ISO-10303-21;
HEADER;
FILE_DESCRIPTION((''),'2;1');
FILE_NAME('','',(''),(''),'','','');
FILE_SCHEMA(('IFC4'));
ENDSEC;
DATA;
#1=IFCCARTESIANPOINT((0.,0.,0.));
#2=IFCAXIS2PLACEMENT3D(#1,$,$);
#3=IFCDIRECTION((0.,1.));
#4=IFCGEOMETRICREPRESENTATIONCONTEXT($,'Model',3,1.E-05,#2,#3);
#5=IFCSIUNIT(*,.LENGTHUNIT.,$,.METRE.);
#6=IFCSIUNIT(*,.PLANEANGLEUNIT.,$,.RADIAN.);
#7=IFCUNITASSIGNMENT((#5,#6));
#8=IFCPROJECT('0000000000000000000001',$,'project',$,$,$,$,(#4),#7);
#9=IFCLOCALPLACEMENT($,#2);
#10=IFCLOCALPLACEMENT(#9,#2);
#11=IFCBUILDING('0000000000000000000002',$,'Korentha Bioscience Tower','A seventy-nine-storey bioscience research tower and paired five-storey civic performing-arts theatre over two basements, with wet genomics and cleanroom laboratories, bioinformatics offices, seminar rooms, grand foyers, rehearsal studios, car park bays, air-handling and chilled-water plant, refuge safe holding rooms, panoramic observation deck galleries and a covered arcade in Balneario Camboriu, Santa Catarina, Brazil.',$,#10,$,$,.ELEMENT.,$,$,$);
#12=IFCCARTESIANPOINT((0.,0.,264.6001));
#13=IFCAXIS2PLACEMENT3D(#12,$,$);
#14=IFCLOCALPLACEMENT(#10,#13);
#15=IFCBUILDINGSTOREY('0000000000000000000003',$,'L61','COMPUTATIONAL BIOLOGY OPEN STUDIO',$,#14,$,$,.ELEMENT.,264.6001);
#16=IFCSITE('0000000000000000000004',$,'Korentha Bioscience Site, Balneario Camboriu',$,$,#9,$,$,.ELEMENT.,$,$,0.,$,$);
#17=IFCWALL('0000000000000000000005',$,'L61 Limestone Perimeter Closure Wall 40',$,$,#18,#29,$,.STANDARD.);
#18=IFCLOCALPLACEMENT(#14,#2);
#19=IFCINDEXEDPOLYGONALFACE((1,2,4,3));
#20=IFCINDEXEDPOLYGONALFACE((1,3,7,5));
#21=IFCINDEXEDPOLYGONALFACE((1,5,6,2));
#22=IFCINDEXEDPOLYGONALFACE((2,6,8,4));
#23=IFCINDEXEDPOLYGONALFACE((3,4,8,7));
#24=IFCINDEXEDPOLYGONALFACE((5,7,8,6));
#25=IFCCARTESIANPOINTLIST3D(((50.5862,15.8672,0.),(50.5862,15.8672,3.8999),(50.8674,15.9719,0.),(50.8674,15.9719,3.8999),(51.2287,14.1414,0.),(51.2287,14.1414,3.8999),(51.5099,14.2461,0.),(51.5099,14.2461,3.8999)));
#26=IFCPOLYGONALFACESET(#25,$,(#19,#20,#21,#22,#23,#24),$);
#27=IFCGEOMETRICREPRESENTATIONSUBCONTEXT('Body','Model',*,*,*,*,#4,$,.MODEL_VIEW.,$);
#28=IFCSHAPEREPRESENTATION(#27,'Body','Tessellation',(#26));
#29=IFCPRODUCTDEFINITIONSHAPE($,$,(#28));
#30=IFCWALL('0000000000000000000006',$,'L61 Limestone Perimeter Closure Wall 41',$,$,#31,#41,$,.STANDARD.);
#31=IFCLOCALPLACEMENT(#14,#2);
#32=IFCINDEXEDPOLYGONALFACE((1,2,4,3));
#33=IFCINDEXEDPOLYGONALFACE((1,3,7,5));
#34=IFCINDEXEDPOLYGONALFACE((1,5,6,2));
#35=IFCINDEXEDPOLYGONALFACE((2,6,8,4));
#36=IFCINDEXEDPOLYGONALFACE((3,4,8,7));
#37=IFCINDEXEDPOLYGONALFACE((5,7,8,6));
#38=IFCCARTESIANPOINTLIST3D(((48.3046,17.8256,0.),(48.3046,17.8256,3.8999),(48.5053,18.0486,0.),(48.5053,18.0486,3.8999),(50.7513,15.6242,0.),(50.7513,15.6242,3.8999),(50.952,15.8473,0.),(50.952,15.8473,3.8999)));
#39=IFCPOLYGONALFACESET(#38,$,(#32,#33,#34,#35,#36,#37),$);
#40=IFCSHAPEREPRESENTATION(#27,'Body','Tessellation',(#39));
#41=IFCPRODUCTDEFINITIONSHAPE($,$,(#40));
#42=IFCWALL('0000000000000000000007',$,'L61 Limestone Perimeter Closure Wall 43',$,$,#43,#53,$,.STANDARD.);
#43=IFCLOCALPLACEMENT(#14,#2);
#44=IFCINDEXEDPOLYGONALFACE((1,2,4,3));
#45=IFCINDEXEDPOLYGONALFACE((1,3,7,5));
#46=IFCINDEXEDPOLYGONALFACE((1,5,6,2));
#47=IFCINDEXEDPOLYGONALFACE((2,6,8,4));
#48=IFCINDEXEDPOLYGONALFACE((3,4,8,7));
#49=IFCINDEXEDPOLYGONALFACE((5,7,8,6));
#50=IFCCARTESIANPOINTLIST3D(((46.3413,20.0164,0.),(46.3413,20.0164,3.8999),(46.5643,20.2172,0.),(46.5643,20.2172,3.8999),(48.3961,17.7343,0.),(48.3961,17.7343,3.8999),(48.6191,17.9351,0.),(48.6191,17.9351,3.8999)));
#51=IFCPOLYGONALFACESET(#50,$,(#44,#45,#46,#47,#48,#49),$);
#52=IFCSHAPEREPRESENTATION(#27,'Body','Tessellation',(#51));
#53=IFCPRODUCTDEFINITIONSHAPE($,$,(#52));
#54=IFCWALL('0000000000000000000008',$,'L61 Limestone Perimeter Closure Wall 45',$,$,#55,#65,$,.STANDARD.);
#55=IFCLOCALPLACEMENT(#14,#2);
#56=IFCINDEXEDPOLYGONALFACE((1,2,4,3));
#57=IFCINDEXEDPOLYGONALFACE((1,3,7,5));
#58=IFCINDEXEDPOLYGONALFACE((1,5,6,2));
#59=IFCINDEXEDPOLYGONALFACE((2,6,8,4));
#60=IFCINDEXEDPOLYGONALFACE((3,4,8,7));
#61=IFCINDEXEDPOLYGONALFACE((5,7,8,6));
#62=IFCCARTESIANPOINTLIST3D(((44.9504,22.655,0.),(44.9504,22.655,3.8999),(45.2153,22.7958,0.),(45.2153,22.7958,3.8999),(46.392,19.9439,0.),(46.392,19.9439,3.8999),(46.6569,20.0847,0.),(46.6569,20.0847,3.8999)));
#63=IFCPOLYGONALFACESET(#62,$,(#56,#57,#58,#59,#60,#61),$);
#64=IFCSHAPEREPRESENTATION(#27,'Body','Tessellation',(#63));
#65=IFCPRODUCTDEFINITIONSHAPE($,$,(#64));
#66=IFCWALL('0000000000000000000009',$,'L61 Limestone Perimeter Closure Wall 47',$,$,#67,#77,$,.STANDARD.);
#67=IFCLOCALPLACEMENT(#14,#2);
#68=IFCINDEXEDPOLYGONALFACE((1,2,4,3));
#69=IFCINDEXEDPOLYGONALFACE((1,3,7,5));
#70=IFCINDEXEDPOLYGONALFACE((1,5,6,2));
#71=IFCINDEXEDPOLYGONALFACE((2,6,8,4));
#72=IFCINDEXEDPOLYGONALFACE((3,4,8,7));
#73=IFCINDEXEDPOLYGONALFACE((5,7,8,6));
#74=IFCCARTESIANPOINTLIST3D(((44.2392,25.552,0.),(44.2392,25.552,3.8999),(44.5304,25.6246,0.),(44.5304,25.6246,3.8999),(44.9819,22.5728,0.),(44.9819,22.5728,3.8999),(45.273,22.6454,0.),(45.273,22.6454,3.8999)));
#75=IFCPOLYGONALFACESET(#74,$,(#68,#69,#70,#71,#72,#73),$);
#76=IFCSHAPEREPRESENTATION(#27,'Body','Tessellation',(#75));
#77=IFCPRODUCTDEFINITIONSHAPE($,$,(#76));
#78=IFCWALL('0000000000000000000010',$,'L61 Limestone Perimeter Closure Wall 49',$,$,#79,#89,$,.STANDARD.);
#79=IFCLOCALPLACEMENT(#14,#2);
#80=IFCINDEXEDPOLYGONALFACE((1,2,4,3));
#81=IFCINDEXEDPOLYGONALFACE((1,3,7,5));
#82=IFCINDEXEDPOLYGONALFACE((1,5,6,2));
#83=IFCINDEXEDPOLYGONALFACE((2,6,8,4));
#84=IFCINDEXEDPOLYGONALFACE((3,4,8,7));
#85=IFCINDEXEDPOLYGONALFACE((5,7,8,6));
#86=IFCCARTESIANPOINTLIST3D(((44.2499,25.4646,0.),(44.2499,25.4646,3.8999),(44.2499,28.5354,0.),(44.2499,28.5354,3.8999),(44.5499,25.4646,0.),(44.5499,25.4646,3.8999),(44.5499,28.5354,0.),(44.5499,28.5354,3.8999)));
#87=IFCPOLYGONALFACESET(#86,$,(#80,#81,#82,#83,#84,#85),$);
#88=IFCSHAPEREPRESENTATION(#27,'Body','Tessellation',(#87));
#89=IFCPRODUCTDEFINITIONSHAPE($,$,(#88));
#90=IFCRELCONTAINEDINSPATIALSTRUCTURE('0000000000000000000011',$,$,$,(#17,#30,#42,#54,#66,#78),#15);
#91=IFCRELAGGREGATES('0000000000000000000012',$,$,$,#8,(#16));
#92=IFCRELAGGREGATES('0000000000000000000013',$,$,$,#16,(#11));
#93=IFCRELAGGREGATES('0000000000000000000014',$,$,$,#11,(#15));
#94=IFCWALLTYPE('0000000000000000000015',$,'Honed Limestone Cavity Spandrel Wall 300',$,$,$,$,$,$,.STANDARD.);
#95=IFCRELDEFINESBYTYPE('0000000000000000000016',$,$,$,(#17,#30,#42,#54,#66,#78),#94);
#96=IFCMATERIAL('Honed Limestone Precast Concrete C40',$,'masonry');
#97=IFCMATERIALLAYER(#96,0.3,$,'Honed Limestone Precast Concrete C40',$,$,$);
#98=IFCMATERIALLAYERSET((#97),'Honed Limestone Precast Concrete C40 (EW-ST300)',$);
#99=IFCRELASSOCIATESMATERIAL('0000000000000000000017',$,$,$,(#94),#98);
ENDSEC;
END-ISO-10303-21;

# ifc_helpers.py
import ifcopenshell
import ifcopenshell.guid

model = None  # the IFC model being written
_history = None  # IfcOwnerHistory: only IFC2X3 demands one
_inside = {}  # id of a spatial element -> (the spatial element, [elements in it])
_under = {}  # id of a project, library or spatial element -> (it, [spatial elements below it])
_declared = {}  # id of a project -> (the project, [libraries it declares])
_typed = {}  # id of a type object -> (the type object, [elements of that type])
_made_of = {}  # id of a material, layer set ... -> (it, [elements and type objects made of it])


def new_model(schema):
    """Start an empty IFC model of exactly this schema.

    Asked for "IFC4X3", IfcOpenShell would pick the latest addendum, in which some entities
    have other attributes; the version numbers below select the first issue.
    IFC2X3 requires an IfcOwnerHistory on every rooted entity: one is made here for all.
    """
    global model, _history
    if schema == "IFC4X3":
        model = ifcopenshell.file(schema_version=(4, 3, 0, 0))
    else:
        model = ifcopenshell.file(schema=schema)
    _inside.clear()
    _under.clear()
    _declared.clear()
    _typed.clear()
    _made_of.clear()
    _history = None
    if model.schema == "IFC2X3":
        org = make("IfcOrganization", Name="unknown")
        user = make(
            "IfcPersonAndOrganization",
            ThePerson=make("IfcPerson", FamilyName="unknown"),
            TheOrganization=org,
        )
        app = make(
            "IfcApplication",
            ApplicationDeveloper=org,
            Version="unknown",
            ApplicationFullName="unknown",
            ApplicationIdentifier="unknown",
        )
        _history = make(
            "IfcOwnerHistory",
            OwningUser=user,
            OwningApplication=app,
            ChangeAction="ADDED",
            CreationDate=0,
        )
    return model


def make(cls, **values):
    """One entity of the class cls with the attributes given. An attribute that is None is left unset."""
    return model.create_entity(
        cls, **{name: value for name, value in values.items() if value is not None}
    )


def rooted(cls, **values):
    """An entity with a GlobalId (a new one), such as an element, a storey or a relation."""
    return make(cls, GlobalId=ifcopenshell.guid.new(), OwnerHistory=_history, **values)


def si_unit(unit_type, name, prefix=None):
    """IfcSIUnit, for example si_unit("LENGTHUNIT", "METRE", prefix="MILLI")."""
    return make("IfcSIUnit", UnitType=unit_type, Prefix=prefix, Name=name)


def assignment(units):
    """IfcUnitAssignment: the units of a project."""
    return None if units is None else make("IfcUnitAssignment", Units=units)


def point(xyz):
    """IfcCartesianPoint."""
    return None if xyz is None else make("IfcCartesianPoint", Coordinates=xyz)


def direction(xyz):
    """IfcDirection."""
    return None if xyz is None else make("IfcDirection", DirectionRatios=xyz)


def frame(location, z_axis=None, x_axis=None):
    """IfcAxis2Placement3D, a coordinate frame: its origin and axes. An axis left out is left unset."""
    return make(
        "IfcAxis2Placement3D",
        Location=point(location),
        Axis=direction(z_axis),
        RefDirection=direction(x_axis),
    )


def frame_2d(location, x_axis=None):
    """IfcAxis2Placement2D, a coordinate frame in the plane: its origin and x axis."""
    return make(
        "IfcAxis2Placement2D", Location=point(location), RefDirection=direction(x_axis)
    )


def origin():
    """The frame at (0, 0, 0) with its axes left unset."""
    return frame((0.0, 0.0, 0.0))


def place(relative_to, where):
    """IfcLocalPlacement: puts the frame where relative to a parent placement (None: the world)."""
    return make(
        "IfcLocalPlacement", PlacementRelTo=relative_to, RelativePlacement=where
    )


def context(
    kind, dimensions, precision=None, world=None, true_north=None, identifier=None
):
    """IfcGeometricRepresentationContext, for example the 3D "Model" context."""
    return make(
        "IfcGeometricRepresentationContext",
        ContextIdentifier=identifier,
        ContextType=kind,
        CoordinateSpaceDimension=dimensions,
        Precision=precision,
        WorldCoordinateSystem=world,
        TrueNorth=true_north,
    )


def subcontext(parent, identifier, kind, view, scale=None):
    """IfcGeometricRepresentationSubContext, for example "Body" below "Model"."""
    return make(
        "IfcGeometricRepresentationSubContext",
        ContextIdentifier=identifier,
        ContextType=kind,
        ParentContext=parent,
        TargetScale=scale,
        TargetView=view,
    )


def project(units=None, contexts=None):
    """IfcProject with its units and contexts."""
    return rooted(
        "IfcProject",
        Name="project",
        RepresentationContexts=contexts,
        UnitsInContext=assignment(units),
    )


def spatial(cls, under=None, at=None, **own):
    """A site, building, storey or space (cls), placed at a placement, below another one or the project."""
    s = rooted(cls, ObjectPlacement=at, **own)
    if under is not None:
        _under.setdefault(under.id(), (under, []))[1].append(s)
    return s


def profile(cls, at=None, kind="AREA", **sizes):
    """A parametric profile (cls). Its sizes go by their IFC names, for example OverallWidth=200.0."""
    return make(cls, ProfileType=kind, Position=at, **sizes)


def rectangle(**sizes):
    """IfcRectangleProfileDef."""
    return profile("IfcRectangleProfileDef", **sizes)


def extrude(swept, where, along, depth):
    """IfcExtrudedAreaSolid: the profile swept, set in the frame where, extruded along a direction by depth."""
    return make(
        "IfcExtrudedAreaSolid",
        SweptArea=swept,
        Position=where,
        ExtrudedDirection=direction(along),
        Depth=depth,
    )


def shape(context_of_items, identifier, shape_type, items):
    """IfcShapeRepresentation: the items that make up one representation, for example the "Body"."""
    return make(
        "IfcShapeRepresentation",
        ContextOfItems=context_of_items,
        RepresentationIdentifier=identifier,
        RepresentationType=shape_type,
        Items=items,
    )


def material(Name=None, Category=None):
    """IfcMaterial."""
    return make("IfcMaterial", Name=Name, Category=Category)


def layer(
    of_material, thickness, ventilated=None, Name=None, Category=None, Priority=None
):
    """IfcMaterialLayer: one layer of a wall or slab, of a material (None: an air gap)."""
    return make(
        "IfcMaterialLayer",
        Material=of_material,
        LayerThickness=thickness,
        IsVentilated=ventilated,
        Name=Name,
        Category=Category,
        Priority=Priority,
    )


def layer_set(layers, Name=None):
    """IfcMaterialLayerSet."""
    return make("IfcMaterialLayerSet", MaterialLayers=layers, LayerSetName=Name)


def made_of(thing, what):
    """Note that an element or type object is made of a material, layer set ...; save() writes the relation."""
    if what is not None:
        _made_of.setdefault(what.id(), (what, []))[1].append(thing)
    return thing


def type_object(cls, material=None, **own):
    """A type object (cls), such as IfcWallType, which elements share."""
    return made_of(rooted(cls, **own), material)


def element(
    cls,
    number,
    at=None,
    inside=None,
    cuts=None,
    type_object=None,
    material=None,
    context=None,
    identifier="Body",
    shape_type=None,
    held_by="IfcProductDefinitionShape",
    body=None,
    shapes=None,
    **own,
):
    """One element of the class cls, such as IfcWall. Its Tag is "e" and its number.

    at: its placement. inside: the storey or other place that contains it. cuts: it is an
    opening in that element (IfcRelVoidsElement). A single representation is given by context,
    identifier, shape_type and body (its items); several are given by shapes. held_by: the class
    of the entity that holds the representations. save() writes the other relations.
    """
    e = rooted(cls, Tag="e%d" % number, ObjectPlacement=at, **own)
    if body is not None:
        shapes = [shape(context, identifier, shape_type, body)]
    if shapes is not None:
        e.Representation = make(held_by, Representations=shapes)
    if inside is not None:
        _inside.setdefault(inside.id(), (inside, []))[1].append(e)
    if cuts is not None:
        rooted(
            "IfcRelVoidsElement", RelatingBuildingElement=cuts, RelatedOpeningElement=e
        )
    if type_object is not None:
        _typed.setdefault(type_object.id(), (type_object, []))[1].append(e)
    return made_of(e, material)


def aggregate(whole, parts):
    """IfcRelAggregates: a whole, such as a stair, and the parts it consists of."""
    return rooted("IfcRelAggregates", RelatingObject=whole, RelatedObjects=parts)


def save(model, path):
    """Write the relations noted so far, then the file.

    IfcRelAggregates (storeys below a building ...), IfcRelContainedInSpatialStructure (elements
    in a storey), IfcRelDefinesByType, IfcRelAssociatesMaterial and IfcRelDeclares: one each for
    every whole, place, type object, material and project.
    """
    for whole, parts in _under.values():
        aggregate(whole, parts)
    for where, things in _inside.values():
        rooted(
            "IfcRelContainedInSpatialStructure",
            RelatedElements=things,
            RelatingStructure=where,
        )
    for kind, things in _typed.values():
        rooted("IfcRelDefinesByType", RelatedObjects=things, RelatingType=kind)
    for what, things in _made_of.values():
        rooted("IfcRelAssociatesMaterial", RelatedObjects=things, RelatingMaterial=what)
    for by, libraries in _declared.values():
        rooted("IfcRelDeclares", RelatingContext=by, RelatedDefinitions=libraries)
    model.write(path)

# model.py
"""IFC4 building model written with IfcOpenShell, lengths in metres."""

from ifc_helpers import new_model, si_unit, direction, frame, frame_2d, origin, place, context, subcontext, project, spatial, rectangle, extrude, material, layer, layer_set, type_object, element, save


model = new_model("IFC4")

# Units and contexts
model_context = context("Model", 3, precision=1e-05, world=origin(), true_north=direction((0.0, 1.0)))
body_context = subcontext(model_context, "Body", "Model", "MODEL_VIEW")
ifc_project = project(units=[si_unit("LENGTHUNIT", "METRE"), si_unit("PLANEANGLEUNIT", "RADIAN")], contexts=[model_context])

# Site, building, storey
site_placement = place(None, origin())
site = spatial("IfcSite", under=ifc_project, at=site_placement, Name="Korentha Bioscience Site, Balneario Camboriu", CompositionType="ELEMENT", RefElevation=0.0)
building_placement = place(site_placement, origin())
building = spatial("IfcBuilding", under=site, at=building_placement, Name="Korentha Bioscience Tower", Description="A seventy-nine-storey bioscience research tower and paired five-storey civic performing-arts theatre over two basements, with wet genomics and cleanroom laboratories, bioinformatics offices, seminar rooms, grand foyers, rehearsal studios, car park bays, air-handling and chilled-water plant, refuge safe holding rooms, panoramic observation deck galleries and a covered arcade in Balneario Camboriu, Santa Catarina, Brazil.", CompositionType="ELEMENT")
storey_placement = place(building_placement, frame((0.0, 0.0, 264.6001)))
storey = spatial("IfcBuildingStorey", under=building, at=storey_placement, Name="L61", Description="COMPUTATIONAL BIOLOGY OPEN STUDIO", CompositionType="ELEMENT", Elevation=264.6001)

# Walls
ifc_material_1 = material(Name="Honed Limestone Precast Concrete C40", Category="masonry")
ifc_layer_1 = layer(ifc_material_1, 0.3, Name="Honed Limestone Precast Concrete C40")
ifc_layer_set_1 = layer_set([ifc_layer_1], Name="Honed Limestone Precast Concrete C40 (EW-ST300)")
wall_type_1 = type_object("IfcWallType", Name="Honed Limestone Cavity Spandrel Wall 300", PredefinedType="STANDARD", material=ifc_layer_set_1)
wall_1_placement = place(storey_placement, frame((51.3694, 14.1936, 0.0), z_axis=(0.0, 0.0, 1.0), x_axis=(-0.348929, 0.937149, 0.0)))
element("IfcWall", 1, at=wall_1_placement, inside=storey, type_object=wall_type_1, Name="L61 Limestone Perimeter Closure Wall 40", PredefinedType="STANDARD", context=body_context, shape_type="SweptSolid", body=[
    extrude(rectangle(XDim=1.8416, YDim=0.3, at=frame_2d((0.9209, 0.0))), origin(), (0.0, 0.0, 1.0), 3.8999),
])
wall_2_placement = place(storey_placement, frame((50.8516, 15.7358, 0.0), z_axis=(0.0, 0.0, 1.0), x_axis=(-0.743397, 0.66885, 0.0)))
element("IfcWall", 2, at=wall_2_placement, inside=storey, type_object=wall_type_1, Name="L61 Limestone Perimeter Closure Wall 41", PredefinedType="STANDARD", context=body_context, shape_type="SweptSolid", body=[
    extrude(rectangle(XDim=3.2913, YDim=0.3, at=frame_2d((1.6455, 0.0))), origin(), (0.0, 0.0, 1.0), 3.8999),
])
wall_3_placement = place(storey_placement, frame((48.5076, 17.8347, 0.0), z_axis=(0.0, 0.0, 1.0), x_axis=(-0.669127, 0.743148, 0.0)))
element("IfcWall", 3, at=wall_3_placement, inside=storey, type_object=wall_type_1, Name="L61 Limestone Perimeter Closure Wall 43", PredefinedType="STANDARD", context=body_context, shape_type="SweptSolid", body=[
    extrude(rectangle(XDim=3.0708, YDim=0.3, at=frame_2d((1.5354, 0.0))), origin(), (0.0, 0.0, 1.0), 3.8999),
])
wall_4_placement = place(storey_placement, frame((46.5244, 20.0144, 0.0), z_axis=(0.0, 0.0, 1.0), x_axis=(-0.469494, 0.882936, 0.0)))
element("IfcWall", 4, at=wall_4_placement, inside=storey, type_object=wall_type_1, Name="L61 Limestone Perimeter Closure Wall 45", PredefinedType="STANDARD", context=body_context, shape_type="SweptSolid", body=[
    extrude(rectangle(XDim=3.0706, YDim=0.3, at=frame_2d((1.5352, 0.0))), origin(), (0.0, 0.0, 1.0), 3.8999),
])
wall_5_placement = place(storey_placement, frame((45.1274, 22.6091, 0.0), z_axis=(0.0, 0.0, 1.0), x_axis=(-0.241881, 0.970306, 0.0)))
element("IfcWall", 5, at=wall_5_placement, inside=storey, type_object=wall_type_1, Name="L61 Limestone Perimeter Closure Wall 47", PredefinedType="STANDARD", context=body_context, shape_type="SweptSolid", body=[
    extrude(rectangle(XDim=3.0703, YDim=0.3, at=frame_2d((1.5352, 0.0))), origin(), (0.0, 0.0, 1.0), 3.8999),
])
wall_6_placement = place(storey_placement, frame((44.3999, 25.4646, 0.0), z_axis=(0.0, 0.0, 1.0), x_axis=(0.0, 1.0, 0.0)))
element("IfcWall", 6, at=wall_6_placement, inside=storey, type_object=wall_type_1, Name="L61 Limestone Perimeter Closure Wall 49", PredefinedType="STANDARD", context=body_context, shape_type="SweptSolid", body=[
    extrude(rectangle(XDim=3.0708, YDim=0.3, at=frame_2d((1.5354, 0.0))), origin(), (0.0, 0.0, 1.0), 3.8999),
])

save(model, "model.ifc")
